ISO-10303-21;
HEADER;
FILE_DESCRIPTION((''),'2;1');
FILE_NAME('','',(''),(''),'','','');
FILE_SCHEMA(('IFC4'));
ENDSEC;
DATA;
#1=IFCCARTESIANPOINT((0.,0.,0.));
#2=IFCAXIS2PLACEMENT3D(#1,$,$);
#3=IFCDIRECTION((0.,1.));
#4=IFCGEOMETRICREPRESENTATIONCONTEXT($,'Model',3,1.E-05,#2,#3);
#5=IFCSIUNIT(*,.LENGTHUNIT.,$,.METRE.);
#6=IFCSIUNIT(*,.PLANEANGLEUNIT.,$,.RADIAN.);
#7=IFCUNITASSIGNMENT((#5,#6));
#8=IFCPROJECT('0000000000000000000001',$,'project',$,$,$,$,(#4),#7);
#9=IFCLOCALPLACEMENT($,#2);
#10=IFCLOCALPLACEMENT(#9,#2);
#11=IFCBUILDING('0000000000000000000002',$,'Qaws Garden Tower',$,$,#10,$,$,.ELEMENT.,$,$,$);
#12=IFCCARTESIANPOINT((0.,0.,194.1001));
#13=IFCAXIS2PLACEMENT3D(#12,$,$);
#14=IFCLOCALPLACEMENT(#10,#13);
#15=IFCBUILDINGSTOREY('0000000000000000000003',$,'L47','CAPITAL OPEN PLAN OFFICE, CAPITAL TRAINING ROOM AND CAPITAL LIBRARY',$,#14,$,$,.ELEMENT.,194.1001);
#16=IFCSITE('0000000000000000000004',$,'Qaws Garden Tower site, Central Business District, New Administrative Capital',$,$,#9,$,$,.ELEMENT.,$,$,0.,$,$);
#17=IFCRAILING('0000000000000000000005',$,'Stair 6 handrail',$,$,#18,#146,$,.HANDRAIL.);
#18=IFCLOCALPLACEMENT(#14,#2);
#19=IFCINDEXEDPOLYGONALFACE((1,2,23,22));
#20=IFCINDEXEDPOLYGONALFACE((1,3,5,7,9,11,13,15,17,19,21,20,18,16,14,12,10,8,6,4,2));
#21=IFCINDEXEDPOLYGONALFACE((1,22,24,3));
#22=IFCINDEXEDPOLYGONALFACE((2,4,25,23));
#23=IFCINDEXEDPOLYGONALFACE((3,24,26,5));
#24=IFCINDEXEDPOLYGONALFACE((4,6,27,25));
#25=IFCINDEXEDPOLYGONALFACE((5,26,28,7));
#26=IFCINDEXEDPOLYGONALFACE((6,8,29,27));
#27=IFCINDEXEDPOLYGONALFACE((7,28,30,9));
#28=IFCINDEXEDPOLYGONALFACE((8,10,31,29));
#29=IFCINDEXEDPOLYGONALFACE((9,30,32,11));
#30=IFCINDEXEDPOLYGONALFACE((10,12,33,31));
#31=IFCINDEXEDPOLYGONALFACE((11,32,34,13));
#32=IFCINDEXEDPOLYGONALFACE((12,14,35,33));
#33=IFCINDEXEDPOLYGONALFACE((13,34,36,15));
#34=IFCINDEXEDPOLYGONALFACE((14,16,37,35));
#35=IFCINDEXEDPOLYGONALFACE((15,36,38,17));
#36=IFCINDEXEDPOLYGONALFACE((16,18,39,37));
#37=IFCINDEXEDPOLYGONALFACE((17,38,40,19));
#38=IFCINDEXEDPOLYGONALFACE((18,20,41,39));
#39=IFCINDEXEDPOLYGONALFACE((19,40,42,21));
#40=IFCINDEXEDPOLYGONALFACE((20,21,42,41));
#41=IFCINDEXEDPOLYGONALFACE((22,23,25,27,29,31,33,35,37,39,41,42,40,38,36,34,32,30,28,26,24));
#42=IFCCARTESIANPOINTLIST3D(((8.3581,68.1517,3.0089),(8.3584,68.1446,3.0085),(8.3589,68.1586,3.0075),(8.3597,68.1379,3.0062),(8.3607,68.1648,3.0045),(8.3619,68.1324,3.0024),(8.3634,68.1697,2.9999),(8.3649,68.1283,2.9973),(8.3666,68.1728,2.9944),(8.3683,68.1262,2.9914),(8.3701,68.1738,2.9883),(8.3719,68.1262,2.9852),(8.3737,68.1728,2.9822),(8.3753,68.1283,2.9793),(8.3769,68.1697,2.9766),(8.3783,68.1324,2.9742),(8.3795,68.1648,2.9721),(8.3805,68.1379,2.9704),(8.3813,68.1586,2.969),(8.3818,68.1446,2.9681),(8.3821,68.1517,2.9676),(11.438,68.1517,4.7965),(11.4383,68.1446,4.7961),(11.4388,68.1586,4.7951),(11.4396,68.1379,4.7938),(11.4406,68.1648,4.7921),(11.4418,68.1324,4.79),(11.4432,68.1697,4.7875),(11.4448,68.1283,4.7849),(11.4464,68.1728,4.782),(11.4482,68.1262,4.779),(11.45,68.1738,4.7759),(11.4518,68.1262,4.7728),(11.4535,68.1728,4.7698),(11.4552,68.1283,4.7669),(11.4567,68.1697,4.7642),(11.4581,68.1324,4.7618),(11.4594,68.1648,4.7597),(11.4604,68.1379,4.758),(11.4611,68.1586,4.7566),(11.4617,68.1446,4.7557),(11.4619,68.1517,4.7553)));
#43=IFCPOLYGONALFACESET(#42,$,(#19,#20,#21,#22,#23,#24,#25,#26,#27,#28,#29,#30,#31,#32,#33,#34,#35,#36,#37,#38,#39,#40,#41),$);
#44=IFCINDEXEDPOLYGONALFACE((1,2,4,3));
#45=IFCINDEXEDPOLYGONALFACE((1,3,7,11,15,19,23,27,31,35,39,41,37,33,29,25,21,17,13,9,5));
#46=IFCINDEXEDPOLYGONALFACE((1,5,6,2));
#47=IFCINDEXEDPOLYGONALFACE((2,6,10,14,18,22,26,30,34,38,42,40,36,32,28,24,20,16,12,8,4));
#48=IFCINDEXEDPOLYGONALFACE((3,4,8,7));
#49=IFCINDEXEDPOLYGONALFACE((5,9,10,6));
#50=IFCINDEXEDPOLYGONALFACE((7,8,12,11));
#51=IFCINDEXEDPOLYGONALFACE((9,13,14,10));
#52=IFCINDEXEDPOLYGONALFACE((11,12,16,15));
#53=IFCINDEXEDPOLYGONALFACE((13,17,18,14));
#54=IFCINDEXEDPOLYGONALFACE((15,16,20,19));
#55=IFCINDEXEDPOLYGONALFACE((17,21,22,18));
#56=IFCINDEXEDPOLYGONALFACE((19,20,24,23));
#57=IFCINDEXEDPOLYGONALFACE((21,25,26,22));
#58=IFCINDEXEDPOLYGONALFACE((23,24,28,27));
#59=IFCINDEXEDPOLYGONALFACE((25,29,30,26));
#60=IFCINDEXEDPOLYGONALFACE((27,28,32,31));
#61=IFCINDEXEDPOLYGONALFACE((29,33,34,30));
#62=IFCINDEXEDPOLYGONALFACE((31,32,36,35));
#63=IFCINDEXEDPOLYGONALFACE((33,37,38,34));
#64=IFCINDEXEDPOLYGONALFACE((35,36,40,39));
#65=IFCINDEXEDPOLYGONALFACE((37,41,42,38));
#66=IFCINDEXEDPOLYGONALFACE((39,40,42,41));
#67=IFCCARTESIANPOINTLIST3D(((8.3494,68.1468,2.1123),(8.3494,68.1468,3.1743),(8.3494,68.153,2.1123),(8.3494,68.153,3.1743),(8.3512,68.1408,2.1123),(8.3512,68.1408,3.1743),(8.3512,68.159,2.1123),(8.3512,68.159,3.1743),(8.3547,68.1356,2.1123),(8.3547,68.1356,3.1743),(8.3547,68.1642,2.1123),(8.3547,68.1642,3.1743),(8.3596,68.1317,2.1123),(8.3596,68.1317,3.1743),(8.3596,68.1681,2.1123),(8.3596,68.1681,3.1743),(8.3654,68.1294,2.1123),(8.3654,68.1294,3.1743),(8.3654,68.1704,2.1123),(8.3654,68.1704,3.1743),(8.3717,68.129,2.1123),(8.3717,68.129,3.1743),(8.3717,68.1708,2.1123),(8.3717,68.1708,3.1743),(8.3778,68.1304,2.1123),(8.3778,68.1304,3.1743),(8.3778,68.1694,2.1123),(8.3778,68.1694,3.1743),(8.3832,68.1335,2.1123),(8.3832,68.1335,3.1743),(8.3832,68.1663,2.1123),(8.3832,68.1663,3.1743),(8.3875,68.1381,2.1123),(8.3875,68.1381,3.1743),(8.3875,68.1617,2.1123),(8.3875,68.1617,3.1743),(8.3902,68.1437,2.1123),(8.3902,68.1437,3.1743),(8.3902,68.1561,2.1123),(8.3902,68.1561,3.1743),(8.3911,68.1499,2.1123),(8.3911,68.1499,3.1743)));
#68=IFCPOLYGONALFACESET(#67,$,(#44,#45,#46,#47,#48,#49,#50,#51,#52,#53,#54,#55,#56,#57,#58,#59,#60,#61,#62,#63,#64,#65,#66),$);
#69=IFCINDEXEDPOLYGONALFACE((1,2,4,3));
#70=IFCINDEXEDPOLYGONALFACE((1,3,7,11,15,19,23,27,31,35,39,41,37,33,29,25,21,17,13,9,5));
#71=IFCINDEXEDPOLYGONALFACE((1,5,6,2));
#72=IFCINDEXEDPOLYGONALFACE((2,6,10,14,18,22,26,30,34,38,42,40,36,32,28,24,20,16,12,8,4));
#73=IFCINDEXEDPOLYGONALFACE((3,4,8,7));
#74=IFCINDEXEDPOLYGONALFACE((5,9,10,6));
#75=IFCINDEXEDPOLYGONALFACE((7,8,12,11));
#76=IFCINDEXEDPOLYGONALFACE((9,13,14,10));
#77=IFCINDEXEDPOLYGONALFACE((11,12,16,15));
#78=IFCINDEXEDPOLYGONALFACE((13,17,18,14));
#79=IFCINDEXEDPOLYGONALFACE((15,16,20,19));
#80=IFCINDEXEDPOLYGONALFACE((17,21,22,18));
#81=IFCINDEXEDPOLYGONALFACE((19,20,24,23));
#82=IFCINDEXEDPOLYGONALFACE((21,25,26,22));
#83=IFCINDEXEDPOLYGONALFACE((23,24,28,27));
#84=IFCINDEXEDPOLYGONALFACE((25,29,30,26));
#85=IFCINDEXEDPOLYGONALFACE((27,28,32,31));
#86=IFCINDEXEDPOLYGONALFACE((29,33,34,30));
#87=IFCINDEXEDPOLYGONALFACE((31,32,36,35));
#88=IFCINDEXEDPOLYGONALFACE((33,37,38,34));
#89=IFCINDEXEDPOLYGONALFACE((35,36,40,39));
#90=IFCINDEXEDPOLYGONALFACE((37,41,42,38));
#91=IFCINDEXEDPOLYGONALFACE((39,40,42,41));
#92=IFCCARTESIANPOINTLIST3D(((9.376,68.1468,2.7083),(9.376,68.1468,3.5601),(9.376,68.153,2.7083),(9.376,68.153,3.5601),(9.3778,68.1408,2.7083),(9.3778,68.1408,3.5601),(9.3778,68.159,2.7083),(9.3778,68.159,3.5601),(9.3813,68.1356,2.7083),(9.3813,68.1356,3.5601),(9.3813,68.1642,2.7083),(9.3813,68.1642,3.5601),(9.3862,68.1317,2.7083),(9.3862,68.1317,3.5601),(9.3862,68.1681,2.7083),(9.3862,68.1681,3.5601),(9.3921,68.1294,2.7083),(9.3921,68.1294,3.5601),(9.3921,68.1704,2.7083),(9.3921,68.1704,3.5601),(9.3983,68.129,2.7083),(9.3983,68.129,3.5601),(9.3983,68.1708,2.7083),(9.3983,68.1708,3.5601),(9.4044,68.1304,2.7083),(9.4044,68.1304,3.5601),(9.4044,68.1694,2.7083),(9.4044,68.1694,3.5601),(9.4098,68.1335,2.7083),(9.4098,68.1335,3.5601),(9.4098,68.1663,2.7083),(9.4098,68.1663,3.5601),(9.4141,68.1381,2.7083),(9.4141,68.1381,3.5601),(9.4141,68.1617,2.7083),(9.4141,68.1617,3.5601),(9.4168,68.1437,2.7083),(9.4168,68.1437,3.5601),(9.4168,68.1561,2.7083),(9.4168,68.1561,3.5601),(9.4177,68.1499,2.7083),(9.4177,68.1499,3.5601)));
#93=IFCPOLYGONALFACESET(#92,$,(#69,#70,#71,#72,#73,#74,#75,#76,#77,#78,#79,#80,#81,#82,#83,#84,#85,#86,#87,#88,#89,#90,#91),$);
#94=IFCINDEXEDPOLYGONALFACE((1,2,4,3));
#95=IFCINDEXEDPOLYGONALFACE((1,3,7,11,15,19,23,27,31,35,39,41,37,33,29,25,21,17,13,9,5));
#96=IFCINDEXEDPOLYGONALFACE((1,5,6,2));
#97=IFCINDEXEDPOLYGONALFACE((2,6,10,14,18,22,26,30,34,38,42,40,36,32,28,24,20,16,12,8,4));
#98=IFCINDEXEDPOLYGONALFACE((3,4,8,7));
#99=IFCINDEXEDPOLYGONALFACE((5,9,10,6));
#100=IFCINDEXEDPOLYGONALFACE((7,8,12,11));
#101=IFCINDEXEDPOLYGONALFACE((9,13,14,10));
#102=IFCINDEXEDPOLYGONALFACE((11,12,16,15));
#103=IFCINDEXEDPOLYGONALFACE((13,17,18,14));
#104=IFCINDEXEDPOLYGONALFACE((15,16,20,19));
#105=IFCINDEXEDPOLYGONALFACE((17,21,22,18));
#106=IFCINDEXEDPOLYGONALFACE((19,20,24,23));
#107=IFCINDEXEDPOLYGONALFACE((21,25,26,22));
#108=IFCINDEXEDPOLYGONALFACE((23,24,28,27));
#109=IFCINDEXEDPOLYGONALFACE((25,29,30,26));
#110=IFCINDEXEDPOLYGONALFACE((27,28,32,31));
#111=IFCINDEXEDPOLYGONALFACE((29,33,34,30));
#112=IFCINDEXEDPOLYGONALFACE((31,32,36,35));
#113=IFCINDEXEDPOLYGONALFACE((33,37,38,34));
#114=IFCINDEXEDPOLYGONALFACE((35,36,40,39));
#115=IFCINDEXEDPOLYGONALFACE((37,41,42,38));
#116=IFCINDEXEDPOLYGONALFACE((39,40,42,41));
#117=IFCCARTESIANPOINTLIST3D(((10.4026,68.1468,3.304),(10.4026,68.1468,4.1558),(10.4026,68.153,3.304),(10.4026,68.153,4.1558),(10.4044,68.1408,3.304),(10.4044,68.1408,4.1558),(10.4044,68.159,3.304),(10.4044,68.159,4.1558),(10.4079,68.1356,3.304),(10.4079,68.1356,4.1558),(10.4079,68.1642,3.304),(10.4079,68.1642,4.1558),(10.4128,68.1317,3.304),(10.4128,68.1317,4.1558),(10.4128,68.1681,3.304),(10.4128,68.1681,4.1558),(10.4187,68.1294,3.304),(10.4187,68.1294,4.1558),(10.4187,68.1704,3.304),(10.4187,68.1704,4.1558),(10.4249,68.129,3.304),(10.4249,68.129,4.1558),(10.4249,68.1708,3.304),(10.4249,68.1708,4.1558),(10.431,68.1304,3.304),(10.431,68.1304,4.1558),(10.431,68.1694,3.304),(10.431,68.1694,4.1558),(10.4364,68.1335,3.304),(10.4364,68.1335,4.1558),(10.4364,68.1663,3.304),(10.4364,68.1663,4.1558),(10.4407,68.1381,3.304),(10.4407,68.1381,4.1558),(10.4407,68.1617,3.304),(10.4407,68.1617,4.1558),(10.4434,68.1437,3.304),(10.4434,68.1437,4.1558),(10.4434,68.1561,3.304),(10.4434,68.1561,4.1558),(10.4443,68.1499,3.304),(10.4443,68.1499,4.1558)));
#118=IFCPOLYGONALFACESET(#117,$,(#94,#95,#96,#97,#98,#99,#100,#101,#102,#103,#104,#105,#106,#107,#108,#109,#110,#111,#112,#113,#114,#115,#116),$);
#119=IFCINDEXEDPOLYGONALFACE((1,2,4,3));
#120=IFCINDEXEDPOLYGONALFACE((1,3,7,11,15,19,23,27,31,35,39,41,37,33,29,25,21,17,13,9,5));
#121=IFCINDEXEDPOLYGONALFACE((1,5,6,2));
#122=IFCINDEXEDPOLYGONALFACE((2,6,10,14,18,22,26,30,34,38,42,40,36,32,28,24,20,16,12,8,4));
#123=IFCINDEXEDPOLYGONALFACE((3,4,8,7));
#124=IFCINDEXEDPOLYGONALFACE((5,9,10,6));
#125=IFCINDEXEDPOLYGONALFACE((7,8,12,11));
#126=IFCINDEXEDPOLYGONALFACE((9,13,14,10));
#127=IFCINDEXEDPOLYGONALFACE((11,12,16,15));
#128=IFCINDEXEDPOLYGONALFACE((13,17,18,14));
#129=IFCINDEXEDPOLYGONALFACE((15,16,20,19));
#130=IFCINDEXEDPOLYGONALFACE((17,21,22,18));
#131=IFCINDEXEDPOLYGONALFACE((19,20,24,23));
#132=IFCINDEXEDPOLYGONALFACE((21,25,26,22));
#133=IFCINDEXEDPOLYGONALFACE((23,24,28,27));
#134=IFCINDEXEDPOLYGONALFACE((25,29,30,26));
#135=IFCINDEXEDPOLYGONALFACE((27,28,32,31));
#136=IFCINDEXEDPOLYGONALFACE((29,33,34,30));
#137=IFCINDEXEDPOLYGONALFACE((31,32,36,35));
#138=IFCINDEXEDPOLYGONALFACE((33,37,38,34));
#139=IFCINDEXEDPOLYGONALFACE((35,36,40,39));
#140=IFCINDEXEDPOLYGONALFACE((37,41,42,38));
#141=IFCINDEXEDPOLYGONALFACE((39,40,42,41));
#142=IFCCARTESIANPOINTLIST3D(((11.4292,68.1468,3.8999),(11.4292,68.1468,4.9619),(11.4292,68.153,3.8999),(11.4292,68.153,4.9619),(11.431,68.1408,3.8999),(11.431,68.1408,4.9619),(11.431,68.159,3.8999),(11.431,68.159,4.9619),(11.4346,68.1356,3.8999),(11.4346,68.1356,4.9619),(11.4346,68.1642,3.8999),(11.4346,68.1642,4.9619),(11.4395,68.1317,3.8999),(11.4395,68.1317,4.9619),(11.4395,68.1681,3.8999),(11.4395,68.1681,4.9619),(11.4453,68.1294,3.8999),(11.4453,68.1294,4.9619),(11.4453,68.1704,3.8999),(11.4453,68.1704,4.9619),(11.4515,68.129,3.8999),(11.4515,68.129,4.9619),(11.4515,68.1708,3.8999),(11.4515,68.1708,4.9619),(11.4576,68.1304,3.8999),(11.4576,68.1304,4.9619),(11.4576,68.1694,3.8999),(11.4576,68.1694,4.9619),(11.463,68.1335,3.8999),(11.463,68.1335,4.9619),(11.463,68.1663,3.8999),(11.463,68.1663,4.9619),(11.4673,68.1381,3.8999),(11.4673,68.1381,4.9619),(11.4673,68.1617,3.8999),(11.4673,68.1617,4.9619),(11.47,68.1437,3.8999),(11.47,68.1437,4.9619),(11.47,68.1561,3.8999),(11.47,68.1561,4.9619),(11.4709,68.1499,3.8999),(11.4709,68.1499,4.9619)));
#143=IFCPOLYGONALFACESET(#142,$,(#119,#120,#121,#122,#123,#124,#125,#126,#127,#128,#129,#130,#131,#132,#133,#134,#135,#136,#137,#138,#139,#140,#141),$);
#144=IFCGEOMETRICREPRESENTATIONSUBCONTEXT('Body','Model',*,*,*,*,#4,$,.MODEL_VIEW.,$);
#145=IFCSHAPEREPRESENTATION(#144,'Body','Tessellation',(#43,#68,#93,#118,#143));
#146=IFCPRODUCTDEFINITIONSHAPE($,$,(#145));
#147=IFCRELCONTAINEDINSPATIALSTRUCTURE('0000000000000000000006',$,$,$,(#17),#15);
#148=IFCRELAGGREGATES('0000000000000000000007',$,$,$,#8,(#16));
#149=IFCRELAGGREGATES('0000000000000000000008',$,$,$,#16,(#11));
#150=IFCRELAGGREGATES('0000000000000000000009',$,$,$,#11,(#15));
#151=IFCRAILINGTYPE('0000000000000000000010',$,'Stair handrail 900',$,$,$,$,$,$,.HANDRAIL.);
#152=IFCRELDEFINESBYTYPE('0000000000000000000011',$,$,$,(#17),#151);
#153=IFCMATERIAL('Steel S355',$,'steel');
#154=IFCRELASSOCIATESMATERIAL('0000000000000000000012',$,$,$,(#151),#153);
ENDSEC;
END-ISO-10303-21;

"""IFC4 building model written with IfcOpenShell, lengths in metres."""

from ifc_helpers import new_model, si_unit, direction, frame, origin, origin_2d, place, context, subcontext, project, spatial, circle, extrude, material, type_object, element, save


model = new_model("IFC4")

# Units and contexts
model_context = context("Model", 3, precision=1e-05, world=origin(), true_north=direction((0.0, 1.0)))
body_context = subcontext(model_context, "Body", "Model", "MODEL_VIEW")
ifc_project = project(units=[si_unit("LENGTHUNIT", "METRE"), si_unit("PLANEANGLEUNIT", "RADIAN")], contexts=[model_context])

# Site, building, storey
site_placement = place(None, origin())
site = spatial("IfcSite", under=ifc_project, at=site_placement, Name="Qaws Garden Tower site, Central Business District, New Administrative Capital", CompositionType="ELEMENT", RefElevation=0.0)
building_placement = place(site_placement, origin())
building = spatial("IfcBuilding", under=site, at=building_placement, Name="Qaws Garden Tower", CompositionType="ELEMENT")
storey_placement = place(building_placement, frame((0.0, 0.0, 194.1001)))
storey = spatial("IfcBuildingStorey", under=building, at=storey_placement, Name="L47", Description="CAPITAL OPEN PLAN OFFICE, CAPITAL TRAINING ROOM AND CAPITAL LIBRARY", CompositionType="ELEMENT", Elevation=194.1001)

# Railing
ifc_material_1 = material(Name="Steel S355", Category="steel")
railing_type = type_object("IfcRailingType", Name="Stair handrail 900", PredefinedType="HANDRAIL", material=ifc_material_1)
railing_1_placement = place(storey_placement, frame((8.3701, 68.1499, 2.1123)))
element("IfcRailing", 1, at=railing_1_placement, inside=storey, type_object=railing_type, Name="Stair 6 handrail", PredefinedType="HANDRAIL", context=body_context, shape_type="SweptSolid", body=[
    extrude(circle(Radius=0.0239, at=origin_2d()), frame((0.0, 0.0, 0.876), z_axis=(0.864873, 0.0, 0.50199), x_axis=(0.0, 1.0, 0.0)), (0.0, 0.0, 1.0), 3.561),
    extrude(circle(Radius=0.021, at=origin_2d()), origin(), (0.0, 0.0, 1.0), 1.062),
    extrude(circle(Radius=0.021, at=origin_2d()), frame((1.0266, 0.0, 0.5959)), (0.0, 0.0, 1.0), 0.8518),
    extrude(circle(Radius=0.021, at=origin_2d()), frame((2.0532, 0.0, 1.1917)), (0.0, 0.0, 1.0), 0.8518),
    extrude(circle(Radius=0.021, at=origin_2d()), frame((3.0798, 0.0, 1.7876)), (0.0, 0.0, 1.0), 1.062),
])

save(model, "model.ifc")
